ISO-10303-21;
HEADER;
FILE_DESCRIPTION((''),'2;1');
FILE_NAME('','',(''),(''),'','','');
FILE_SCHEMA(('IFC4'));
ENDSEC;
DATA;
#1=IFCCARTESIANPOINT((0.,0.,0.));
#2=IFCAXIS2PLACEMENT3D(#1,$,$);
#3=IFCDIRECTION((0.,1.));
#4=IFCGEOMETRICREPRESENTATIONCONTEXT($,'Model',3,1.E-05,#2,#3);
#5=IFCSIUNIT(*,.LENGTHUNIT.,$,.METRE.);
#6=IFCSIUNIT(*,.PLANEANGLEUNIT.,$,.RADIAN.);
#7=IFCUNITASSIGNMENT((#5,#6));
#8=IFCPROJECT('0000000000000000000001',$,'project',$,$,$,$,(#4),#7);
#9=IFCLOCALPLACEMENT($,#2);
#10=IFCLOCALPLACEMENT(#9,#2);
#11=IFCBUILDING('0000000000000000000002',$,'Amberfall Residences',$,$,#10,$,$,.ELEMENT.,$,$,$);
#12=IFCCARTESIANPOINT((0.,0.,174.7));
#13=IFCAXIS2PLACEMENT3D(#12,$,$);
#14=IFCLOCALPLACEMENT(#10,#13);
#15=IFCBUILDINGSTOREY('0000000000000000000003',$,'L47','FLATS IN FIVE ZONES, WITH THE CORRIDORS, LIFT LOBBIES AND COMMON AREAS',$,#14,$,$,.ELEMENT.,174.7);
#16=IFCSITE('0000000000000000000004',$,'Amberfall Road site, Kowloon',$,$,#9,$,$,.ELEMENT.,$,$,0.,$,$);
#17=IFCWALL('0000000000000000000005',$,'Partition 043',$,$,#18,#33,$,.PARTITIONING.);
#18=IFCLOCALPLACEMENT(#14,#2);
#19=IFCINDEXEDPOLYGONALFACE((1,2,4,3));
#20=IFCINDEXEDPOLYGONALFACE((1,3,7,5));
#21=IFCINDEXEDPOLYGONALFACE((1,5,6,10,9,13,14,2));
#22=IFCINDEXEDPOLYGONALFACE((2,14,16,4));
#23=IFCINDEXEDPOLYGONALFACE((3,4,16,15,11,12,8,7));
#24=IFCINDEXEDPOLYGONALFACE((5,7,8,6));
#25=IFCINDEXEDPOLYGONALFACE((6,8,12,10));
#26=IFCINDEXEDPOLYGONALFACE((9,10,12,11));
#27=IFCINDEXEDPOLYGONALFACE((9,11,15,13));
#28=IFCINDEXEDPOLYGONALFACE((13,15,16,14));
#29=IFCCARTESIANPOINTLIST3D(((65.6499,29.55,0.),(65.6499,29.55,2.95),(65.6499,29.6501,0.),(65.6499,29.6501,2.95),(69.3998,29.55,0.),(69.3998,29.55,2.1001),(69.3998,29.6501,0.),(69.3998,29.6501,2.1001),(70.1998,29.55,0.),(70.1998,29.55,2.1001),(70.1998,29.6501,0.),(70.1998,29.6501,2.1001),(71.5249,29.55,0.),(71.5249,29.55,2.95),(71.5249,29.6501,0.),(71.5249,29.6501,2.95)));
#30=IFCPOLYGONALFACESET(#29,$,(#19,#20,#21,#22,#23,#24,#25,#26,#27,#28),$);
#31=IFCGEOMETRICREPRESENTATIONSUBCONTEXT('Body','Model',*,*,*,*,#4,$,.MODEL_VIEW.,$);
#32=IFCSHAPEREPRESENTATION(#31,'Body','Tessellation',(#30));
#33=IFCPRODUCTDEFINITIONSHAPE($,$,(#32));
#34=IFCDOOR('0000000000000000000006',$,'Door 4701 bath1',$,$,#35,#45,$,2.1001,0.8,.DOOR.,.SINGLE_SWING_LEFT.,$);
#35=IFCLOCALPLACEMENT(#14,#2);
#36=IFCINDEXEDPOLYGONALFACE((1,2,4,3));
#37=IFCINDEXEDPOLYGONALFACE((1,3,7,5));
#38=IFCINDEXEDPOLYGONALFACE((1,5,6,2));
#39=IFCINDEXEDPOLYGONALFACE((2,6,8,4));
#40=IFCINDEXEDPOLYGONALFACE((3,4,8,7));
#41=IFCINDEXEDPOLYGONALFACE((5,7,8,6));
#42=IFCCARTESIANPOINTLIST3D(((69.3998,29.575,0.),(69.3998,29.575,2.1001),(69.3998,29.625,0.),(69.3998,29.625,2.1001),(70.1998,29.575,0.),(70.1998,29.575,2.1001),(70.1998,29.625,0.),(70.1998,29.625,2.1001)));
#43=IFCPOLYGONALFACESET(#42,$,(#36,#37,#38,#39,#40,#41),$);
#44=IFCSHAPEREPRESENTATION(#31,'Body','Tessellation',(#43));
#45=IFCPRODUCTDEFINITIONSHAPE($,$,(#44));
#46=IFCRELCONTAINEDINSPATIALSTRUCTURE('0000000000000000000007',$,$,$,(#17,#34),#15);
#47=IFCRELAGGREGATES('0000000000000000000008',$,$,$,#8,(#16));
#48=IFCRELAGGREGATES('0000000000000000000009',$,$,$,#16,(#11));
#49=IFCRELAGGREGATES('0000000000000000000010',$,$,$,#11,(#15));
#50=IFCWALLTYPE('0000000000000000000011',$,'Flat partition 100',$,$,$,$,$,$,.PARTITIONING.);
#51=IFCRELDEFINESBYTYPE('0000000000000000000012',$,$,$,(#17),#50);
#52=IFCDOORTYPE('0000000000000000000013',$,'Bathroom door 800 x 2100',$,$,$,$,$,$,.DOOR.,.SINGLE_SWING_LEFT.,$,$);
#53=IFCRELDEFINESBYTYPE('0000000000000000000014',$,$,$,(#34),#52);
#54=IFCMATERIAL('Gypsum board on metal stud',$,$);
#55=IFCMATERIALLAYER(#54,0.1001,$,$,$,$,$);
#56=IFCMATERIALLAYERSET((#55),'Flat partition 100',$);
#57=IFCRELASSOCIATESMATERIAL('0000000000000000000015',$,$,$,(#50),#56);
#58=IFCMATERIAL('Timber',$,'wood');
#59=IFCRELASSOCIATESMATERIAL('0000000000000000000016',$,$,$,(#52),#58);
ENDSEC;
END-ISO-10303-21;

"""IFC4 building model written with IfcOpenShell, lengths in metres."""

from ifc_helpers import new_model, si_unit, direction, frame, frame_2d, origin, place, context, subcontext, project, spatial, rectangle, extrude, material, layer, layer_set, type_object, element, fill, save


model = new_model("IFC4")

# Units and contexts
model_context = context("Model", 3, precision=1e-05, world=origin(), true_north=direction((0.0, 1.0)))
body_context = subcontext(model_context, "Body", "Model", "MODEL_VIEW")
ifc_project = project(units=[si_unit("LENGTHUNIT", "METRE"), si_unit("PLANEANGLEUNIT", "RADIAN")], contexts=[model_context])

# Site, building, storey
site_placement = place(None, origin())
site = spatial("IfcSite", under=ifc_project, at=site_placement, Name="Amberfall Road site, Kowloon", CompositionType="ELEMENT", RefElevation=0.0)
building_placement = place(site_placement, origin())
building = spatial("IfcBuilding", under=site, at=building_placement, Name="Amberfall Residences", CompositionType="ELEMENT")
storey_placement = place(building_placement, frame((0.0, 0.0, 174.7)))
storey = spatial("IfcBuildingStorey", under=building, at=storey_placement, Name="L47", Description="FLATS IN FIVE ZONES, WITH THE CORRIDORS, LIFT LOBBIES AND COMMON AREAS", CompositionType="ELEMENT", Elevation=174.7)

# Wall, opening, door
ifc_material_1 = material(Name="Gypsum board on metal stud")
ifc_layer_1 = layer(ifc_material_1, 0.1001)
ifc_layer_set_1 = layer_set([ifc_layer_1], Name="Flat partition 100")
wall_type_1 = type_object("IfcWallType", Name="Flat partition 100", PredefinedType="PARTITIONING", material=ifc_layer_set_1)
wall_1_placement = place(storey_placement, frame((65.6499, 29.6001, 0.0), z_axis=(0.0, 0.0, 1.0), x_axis=(1.0, 0.0, 0.0)))
wall_1 = element("IfcWall", 1, at=wall_1_placement, inside=storey, type_object=wall_type_1, Name="Partition 043", PredefinedType="PARTITIONING", context=body_context, shape_type="SweptSolid", body=[
    extrude(rectangle(XDim=5.875, YDim=0.1001, at=frame_2d((2.9375, 0.0))), origin(), (0.0, 0.0, 1.0), 2.95),
])
opening_1_placement = place(wall_1_placement, frame((3.75, 0.0, 0.0)))
opening_1 = element("IfcOpeningElement", 2, at=opening_1_placement, cuts=wall_1, PredefinedType="OPENING", context=body_context, shape_type="SweptSolid", body=[
    extrude(rectangle(XDim=0.8, YDim=2.1001, at=frame_2d((0.3999, 1.05))), frame((0.0, 0.0601, 0.0), z_axis=(0.0, -1.0, 0.0), x_axis=(1.0, 0.0, 0.0)), (0.0, 0.0, 1.0), 0.1201),
])
ifc_material_2 = material(Name="Timber", Category="wood")
door_type = type_object("IfcDoorType", Name="Bathroom door 800 x 2100", OperationType="SINGLE_SWING_LEFT", PredefinedType="DOOR", material=ifc_material_2)
door_placement = place(opening_1_placement, origin())
door = element("IfcDoor", 3, at=door_placement, inside=storey, type_object=door_type, Name="Door 4701 bath1", OperationType="SINGLE_SWING_LEFT", OverallHeight=2.1001, OverallWidth=0.8, PredefinedType="DOOR", context=body_context, shape_type="SweptSolid", body=[
    extrude(rectangle(XDim=0.8, YDim=2.1001, at=frame_2d((0.3999, 1.05))), frame((0.0, 0.0249, 0.0), z_axis=(0.0, -1.0, 0.0), x_axis=(1.0, 0.0, 0.0)), (0.0, 0.0, 1.0), 0.05),
])
fill(opening_1, door)

save(model, "model.ifc")
